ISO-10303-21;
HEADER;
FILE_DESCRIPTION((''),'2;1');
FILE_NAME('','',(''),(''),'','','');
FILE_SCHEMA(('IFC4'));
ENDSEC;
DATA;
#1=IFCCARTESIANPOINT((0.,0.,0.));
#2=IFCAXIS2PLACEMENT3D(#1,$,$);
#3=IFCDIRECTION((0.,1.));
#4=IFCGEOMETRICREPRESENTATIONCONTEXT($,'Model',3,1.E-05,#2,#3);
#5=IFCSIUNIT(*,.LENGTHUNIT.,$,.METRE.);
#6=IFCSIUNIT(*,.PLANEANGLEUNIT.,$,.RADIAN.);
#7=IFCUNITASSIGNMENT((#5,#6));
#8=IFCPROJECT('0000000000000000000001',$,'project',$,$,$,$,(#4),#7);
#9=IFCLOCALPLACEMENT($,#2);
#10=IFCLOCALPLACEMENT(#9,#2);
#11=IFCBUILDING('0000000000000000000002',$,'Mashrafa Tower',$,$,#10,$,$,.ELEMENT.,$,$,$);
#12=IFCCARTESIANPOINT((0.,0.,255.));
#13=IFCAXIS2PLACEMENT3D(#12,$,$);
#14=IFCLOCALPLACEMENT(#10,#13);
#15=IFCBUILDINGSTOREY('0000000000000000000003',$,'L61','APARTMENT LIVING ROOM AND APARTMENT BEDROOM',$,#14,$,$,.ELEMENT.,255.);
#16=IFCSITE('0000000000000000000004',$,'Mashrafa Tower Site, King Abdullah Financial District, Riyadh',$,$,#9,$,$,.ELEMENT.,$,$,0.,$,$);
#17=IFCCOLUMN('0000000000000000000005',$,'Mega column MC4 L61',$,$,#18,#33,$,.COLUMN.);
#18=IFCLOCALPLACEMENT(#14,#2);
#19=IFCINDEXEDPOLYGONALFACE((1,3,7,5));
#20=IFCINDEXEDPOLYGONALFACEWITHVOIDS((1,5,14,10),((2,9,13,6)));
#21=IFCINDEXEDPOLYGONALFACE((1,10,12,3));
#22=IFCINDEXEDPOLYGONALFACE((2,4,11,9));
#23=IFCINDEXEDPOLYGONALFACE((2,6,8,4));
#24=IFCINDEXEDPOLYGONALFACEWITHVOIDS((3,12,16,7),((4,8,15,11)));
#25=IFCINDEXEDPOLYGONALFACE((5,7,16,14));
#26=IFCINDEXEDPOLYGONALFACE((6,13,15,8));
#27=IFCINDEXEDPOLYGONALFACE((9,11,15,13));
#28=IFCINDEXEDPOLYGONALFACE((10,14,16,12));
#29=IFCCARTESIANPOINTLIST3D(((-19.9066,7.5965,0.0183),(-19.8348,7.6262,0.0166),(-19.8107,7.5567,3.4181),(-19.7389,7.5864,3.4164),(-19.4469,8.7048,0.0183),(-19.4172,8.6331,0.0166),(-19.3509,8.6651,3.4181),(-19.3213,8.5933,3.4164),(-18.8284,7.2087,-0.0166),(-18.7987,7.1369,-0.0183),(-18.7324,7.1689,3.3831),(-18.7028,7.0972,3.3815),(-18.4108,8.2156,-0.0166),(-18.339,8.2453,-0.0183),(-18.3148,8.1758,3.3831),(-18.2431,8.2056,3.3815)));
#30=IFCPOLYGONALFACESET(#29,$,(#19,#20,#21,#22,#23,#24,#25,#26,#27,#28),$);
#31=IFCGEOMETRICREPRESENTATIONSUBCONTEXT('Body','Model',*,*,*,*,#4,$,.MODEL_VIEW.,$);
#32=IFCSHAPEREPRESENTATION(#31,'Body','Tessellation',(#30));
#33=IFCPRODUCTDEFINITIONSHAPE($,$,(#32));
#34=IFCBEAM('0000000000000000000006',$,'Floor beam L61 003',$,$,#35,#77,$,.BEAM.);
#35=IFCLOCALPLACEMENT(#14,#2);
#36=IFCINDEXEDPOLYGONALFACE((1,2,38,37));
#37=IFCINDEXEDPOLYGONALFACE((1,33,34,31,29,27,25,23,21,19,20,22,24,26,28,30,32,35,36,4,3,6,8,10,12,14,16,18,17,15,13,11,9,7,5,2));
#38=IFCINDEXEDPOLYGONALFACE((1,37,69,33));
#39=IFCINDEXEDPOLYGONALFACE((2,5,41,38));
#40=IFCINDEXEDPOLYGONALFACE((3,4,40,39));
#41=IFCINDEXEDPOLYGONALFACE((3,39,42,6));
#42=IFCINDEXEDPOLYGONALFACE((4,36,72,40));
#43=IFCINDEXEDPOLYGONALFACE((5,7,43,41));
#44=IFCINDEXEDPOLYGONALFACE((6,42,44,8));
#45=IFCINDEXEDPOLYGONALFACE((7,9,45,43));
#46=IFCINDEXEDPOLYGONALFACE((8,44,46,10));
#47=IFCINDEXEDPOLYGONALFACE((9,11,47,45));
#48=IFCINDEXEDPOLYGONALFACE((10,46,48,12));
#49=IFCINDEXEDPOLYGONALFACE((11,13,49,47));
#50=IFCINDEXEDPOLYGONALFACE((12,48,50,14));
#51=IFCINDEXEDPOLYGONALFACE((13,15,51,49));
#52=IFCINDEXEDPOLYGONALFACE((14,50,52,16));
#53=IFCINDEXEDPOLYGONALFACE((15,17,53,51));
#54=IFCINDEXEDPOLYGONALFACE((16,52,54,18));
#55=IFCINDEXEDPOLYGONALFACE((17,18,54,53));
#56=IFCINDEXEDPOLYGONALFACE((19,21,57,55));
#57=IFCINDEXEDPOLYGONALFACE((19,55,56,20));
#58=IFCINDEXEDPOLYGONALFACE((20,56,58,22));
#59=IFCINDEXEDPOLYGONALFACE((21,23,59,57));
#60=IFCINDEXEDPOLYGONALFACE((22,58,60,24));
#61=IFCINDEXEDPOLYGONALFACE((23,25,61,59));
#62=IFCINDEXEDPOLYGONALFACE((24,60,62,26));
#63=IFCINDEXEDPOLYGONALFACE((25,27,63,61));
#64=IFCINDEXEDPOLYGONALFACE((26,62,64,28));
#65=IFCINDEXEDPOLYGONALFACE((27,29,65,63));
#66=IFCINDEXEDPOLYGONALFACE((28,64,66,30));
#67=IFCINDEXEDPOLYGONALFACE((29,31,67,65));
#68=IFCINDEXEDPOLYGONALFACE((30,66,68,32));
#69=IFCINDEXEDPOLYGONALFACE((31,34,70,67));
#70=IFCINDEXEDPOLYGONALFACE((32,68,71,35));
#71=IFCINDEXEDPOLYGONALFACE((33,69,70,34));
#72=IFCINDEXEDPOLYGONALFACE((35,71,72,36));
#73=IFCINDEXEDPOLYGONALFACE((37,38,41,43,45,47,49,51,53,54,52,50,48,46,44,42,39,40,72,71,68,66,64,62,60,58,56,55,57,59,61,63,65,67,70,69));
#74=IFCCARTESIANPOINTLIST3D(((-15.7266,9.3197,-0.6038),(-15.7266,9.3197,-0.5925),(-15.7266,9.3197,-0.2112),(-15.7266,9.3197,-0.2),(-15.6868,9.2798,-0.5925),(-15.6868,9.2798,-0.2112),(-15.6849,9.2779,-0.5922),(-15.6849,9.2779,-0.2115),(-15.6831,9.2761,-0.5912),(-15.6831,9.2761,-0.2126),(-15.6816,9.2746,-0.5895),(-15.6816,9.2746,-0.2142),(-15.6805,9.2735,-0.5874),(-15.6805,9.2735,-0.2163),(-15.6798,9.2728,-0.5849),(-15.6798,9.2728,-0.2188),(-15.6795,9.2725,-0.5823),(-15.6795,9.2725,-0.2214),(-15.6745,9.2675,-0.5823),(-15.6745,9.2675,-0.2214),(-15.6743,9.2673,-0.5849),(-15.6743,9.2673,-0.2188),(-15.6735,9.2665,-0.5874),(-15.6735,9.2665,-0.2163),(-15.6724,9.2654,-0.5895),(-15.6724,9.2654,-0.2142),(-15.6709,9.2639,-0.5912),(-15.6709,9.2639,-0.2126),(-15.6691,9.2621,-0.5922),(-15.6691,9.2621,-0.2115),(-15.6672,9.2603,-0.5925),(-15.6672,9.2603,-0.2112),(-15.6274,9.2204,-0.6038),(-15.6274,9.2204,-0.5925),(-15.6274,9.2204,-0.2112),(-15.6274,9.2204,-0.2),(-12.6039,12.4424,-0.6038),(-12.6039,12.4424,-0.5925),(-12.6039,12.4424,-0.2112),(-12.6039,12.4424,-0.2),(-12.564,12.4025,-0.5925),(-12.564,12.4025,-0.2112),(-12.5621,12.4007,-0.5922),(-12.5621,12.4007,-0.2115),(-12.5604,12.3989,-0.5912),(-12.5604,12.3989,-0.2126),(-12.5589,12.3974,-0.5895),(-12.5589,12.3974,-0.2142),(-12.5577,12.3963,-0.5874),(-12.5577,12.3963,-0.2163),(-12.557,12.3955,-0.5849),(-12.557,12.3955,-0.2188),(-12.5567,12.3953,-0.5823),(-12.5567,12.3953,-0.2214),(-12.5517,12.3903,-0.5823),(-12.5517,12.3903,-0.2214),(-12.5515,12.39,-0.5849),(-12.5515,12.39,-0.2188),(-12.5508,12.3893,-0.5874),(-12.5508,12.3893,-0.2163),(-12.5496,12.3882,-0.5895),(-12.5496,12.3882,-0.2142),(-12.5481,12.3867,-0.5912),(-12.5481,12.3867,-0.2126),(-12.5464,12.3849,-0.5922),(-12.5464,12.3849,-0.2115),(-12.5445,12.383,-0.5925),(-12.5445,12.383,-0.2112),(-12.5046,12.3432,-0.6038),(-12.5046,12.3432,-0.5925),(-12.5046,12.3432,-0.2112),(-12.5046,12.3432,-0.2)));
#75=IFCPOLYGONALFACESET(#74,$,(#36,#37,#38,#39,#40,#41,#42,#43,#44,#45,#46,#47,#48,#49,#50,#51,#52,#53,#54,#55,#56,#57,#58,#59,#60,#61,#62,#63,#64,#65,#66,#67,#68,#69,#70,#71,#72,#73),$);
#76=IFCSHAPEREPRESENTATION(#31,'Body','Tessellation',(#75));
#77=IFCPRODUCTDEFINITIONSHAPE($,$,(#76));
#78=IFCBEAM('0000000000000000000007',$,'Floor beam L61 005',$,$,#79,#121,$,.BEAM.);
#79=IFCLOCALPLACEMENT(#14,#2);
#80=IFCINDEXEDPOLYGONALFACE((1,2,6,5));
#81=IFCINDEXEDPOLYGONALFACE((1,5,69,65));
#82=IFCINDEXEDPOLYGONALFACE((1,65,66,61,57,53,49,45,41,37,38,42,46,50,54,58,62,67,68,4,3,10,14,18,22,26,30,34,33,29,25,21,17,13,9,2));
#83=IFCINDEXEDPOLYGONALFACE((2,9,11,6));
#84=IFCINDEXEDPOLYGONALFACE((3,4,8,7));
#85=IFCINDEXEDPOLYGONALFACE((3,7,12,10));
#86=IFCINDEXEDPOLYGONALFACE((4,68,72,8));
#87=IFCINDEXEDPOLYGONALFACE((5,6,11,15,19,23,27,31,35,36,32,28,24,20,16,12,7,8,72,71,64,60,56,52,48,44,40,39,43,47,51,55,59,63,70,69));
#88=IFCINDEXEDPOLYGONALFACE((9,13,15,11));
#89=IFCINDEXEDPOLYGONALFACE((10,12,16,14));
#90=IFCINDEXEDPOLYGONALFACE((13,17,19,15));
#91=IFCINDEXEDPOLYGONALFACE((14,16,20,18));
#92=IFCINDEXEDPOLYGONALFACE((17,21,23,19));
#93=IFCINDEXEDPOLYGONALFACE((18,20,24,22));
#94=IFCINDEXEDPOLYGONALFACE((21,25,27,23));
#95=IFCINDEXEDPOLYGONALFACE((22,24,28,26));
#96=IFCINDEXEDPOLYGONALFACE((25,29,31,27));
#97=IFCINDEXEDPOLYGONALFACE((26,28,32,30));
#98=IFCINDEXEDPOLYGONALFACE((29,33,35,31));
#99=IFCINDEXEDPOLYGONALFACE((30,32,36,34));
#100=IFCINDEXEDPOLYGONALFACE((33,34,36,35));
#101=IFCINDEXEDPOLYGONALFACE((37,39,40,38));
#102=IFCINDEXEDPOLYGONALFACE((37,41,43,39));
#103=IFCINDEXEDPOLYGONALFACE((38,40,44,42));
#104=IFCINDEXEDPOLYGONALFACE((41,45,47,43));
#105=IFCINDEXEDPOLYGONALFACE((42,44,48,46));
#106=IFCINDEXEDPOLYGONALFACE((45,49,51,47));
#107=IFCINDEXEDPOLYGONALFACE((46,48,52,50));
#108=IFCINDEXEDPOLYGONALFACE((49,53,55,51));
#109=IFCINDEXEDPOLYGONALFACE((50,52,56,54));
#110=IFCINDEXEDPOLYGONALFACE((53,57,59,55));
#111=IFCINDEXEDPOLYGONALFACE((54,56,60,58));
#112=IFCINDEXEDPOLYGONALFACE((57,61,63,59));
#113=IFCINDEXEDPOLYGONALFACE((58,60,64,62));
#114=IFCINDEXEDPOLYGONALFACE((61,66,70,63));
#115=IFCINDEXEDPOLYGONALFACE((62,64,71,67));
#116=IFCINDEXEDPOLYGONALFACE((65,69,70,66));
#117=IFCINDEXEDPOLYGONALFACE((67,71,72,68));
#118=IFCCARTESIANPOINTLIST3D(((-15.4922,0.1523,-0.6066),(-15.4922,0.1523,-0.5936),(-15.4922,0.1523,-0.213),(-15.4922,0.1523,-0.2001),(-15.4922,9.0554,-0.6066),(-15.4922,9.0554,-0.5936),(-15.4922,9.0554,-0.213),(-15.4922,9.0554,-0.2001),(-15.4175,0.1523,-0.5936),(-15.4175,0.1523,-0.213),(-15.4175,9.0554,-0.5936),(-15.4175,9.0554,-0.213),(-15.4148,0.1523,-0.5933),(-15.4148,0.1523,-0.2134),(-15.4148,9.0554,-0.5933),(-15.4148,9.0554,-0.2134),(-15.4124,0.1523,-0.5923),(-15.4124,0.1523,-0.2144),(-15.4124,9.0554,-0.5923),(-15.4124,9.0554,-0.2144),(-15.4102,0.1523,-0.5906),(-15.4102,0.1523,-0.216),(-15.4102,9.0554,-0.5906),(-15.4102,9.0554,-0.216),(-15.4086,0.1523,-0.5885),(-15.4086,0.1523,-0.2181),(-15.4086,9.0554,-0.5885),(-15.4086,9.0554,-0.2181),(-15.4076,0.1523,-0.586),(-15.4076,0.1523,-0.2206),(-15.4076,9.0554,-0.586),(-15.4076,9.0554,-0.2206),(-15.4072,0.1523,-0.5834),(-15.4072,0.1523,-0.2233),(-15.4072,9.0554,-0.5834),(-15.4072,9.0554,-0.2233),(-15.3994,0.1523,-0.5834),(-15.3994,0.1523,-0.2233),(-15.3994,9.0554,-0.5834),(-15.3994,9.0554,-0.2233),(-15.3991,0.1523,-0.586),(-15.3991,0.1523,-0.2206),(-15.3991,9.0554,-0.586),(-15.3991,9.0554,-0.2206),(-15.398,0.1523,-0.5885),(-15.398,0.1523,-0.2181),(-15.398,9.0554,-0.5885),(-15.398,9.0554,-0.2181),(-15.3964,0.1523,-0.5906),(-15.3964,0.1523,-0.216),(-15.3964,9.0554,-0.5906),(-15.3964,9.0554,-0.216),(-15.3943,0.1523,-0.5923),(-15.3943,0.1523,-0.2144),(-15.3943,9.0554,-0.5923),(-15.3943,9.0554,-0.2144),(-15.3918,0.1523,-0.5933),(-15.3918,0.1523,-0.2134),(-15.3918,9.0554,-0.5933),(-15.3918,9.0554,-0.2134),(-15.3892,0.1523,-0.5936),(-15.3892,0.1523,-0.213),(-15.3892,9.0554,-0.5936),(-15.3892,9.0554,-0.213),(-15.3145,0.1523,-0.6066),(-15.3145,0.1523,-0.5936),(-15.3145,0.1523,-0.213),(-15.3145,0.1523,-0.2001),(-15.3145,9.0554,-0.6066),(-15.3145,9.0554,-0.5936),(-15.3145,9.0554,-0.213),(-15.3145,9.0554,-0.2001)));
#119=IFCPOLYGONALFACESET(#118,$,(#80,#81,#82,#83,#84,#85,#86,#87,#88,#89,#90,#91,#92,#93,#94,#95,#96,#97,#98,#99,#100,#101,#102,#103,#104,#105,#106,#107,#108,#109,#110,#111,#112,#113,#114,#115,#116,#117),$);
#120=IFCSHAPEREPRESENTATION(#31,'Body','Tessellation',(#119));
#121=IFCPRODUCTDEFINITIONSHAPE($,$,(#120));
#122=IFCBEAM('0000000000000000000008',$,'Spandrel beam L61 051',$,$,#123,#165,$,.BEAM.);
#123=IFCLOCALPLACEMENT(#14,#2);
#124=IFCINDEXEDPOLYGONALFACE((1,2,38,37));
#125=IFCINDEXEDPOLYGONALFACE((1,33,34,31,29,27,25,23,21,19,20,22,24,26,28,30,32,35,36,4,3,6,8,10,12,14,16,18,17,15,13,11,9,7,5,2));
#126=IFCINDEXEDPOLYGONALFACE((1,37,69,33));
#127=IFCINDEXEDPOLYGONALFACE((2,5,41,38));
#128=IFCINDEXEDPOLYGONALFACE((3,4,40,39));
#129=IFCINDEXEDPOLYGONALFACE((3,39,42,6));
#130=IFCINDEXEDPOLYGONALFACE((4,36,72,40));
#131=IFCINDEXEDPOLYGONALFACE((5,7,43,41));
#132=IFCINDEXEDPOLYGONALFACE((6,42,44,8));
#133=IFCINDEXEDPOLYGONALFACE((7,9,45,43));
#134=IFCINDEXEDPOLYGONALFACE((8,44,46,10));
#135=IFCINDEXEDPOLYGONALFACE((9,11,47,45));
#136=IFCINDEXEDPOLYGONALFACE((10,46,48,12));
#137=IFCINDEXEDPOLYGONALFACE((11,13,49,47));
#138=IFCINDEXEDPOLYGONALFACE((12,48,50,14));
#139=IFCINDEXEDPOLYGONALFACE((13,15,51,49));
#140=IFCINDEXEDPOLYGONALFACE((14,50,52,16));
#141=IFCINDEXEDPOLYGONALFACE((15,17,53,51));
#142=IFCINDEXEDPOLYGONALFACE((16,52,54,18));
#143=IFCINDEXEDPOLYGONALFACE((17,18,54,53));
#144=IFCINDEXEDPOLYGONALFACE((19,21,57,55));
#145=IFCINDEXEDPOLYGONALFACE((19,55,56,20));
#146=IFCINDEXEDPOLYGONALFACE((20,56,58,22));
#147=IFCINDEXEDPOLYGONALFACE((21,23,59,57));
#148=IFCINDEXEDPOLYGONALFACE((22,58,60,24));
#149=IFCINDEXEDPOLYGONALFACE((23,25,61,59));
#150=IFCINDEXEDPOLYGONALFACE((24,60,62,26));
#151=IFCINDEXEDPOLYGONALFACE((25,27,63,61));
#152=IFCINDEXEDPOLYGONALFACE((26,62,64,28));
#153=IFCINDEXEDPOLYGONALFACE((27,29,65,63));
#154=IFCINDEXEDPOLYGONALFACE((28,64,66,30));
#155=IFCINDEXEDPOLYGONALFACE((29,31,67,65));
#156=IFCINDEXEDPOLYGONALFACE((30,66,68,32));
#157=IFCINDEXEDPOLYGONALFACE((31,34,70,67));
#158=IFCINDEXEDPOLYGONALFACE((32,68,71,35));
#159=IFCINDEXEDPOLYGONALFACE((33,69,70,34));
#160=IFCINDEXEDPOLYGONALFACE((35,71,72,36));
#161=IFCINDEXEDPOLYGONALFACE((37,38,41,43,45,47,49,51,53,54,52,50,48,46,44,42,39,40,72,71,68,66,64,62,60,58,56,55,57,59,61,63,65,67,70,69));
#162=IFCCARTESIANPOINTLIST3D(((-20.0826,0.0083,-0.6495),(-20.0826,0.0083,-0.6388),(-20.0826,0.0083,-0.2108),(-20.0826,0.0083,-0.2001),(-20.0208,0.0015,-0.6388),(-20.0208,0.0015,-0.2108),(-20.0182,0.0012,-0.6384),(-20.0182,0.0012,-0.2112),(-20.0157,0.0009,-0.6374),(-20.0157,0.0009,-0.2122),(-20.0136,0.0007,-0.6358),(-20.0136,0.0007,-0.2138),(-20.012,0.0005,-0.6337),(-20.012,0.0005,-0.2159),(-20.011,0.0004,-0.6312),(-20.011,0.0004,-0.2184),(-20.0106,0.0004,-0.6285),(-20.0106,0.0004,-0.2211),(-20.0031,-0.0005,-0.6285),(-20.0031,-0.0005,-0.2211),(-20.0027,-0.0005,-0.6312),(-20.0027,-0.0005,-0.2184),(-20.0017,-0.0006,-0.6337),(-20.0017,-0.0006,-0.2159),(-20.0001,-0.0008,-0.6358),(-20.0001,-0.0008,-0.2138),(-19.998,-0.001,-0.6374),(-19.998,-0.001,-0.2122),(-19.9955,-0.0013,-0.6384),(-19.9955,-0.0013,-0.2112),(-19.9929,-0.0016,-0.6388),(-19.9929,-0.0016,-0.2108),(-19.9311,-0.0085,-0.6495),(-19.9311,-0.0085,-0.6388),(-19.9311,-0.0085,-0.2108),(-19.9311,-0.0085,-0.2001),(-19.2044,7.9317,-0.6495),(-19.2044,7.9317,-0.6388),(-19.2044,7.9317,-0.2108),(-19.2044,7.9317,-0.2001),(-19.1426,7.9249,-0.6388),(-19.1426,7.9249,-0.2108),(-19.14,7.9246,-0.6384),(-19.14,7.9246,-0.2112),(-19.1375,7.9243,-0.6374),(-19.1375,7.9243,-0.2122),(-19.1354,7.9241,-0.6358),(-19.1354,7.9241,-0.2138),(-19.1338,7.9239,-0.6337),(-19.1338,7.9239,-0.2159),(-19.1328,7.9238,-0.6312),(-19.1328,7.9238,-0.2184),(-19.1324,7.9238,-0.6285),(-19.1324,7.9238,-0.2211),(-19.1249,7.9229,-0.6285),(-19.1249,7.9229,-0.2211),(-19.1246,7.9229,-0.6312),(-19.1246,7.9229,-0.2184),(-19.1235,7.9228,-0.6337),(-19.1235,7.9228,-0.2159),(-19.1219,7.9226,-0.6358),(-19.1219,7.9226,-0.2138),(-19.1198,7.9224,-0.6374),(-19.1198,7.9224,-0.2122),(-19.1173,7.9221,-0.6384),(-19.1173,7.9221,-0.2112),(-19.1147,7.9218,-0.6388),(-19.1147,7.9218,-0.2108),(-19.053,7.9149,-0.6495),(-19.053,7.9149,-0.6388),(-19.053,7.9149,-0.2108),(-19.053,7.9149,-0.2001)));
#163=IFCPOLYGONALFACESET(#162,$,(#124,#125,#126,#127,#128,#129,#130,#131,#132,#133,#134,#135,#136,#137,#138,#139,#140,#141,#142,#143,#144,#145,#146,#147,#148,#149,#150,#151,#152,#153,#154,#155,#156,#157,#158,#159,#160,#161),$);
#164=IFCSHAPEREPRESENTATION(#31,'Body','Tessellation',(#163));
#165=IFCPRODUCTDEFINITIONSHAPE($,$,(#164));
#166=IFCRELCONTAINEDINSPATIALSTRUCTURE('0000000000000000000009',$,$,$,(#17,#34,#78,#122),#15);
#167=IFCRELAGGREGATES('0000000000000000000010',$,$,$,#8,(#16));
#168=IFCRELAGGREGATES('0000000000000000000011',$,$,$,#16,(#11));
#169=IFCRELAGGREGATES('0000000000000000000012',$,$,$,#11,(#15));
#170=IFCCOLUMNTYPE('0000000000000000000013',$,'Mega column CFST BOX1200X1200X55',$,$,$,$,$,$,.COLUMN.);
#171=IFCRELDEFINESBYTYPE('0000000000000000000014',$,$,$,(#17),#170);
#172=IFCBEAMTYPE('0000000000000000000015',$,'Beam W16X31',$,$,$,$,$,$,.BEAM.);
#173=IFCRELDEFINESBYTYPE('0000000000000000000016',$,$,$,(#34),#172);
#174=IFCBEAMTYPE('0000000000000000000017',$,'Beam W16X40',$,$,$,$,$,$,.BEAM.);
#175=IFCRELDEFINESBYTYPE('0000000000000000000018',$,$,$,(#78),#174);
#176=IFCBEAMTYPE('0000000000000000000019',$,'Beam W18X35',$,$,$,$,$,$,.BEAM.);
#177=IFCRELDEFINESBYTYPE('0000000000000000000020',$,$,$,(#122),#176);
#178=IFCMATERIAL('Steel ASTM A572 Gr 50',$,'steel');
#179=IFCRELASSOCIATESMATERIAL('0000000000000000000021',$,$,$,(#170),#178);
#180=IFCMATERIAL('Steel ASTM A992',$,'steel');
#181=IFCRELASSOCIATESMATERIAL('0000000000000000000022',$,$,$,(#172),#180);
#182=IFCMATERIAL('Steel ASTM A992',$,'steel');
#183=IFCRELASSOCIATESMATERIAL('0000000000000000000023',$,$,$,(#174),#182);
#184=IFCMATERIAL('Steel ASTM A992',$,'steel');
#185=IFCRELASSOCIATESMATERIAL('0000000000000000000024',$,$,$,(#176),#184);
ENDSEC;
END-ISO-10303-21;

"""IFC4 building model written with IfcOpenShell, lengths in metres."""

from ifc_helpers import new_model, si_unit, direction, frame, origin, origin_2d, place, context, subcontext, project, spatial, hollow_rectangle, i_section, extrude, material, material_profile, profile_set, type_object, element, save


model = new_model("IFC4")

# Units and contexts
model_context = context("Model", 3, precision=1e-05, world=origin(), true_north=direction((0.0, 1.0)))
body_context = subcontext(model_context, "Body", "Model", "MODEL_VIEW")
ifc_project = project(units=[si_unit("LENGTHUNIT", "METRE"), si_unit("PLANEANGLEUNIT", "RADIAN")], contexts=[model_context])

# Site, building, storey
site_placement = place(None, origin())
site = spatial("IfcSite", under=ifc_project, at=site_placement, Name="Mashrafa Tower Site, King Abdullah Financial District, Riyadh", CompositionType="ELEMENT", RefElevation=0.0)
building_placement = place(site_placement, origin())
building = spatial("IfcBuilding", under=site, at=building_placement, Name="Mashrafa Tower", CompositionType="ELEMENT")
storey_placement = place(building_placement, frame((0.0, 0.0, 255.0)))
storey = spatial("IfcBuildingStorey", under=building, at=storey_placement, Name="L61", Description="APARTMENT LIVING ROOM AND APARTMENT BEDROOM", CompositionType="ELEMENT", Elevation=255.0)

# Column
ifc_material_1 = material(Name="Steel ASTM A572 Gr 50", Category="steel")
ifc_material_profile_1 = material_profile(ifc_material_1, hollow_rectangle(XDim=1.2, YDim=1.2, WallThickness=0.0549, at=origin_2d()), Name="BOX1200X1200X55")
ifc_profile_set_1 = profile_set([ifc_material_profile_1], Name="Steel ASTM A572 Gr 50")
column_type = type_object("IfcColumnType", Name="Mega column CFST BOX1200X1200X55", PredefinedType="COLUMN", material=ifc_profile_set_1)
column_placement = place(storey_placement, frame((-19.1228, 7.9209, 0.0), z_axis=(0.028207, -0.011699, 0.999534), x_axis=(0.383113, 0.923702, 0.0)))
element("IfcColumn", 1, at=column_placement, inside=storey, type_object=column_type, Name="Mega column MC4 L61", PredefinedType="COLUMN", context=body_context, shape_type="SweptSolid", body=[
    extrude(hollow_rectangle(XDim=1.2, YDim=1.2, WallThickness=0.0549, at=origin_2d()), origin(), (0.0, 0.0, 1.0), 3.4014),
])

# Beams
ifc_material_2 = material(Name="Steel ASTM A992", Category="steel")
ifc_material_profile_2 = material_profile(ifc_material_2, i_section(OverallWidth=0.1404, OverallDepth=0.4038, WebThickness=0.0071, FlangeThickness=0.0112, FilletRadius=0.0103, at=origin_2d()), Name="W16X31")
ifc_profile_set_2 = profile_set([ifc_material_profile_2], Name="Steel ASTM A992")
beam_type_1 = type_object("IfcBeamType", Name="Beam W16X31", PredefinedType="BEAM", material=ifc_profile_set_2)
beam_1_placement = place(storey_placement, frame((-15.677, 9.27, -0.4019), z_axis=(0.707107, 0.707107, 0.0), x_axis=(-0.707107, 0.707107, 0.0)))
element("IfcBeam", 2, at=beam_1_placement, inside=storey, type_object=beam_type_1, Name="Floor beam L61 003", PredefinedType="BEAM", context=body_context, shape_type="SweptSolid", body=[
    extrude(i_section(OverallWidth=0.1404, OverallDepth=0.4038, WebThickness=0.0071, FlangeThickness=0.0112, FilletRadius=0.0103, at=origin_2d()), origin(), (0.0, 0.0, 1.0), 4.4163),
])
ifc_material_3 = material(Name="Steel ASTM A992", Category="steel")
ifc_material_profile_3 = material_profile(ifc_material_3, i_section(OverallWidth=0.1777, OverallDepth=0.4065, WebThickness=0.0078, FlangeThickness=0.0129, FilletRadius=0.0103, at=origin_2d()), Name="W16X40")
ifc_profile_set_3 = profile_set([ifc_material_profile_3], Name="Steel ASTM A992")
beam_type_2 = type_object("IfcBeamType", Name="Beam W16X40", PredefinedType="BEAM", material=ifc_profile_set_3)
beam_2_placement = place(storey_placement, frame((-15.4033, 0.1523, -0.4033), z_axis=(0.0, 1.0, 0.0), x_axis=(-1.0, 0.0, 0.0)))
element("IfcBeam", 3, at=beam_2_placement, inside=storey, type_object=beam_type_2, Name="Floor beam L61 005", PredefinedType="BEAM", context=body_context, shape_type="SweptSolid", body=[
    extrude(i_section(OverallWidth=0.1777, OverallDepth=0.4065, WebThickness=0.0078, FlangeThickness=0.0129, FilletRadius=0.0103, at=origin_2d()), origin(), (0.0, 0.0, 1.0), 8.9031),
])
ifc_material_4 = material(Name="Steel ASTM A992", Category="steel")
ifc_material_profile_4 = material_profile(ifc_material_4, i_section(OverallWidth=0.1523, OverallDepth=0.4495, WebThickness=0.0076, FlangeThickness=0.0107, FilletRadius=0.0103, at=origin_2d()), Name="W18X35")
ifc_profile_set_4 = profile_set([ifc_material_profile_4], Name="Steel ASTM A992")
beam_type_3 = type_object("IfcBeamType", Name="Beam W18X35", PredefinedType="BEAM", material=ifc_profile_set_4)
beam_3_placement = place(storey_placement, frame((-19.1287, 7.9233, -0.4248), z_axis=(-0.110159, -0.993914, 0.0), x_axis=(0.993914, -0.110159, 0.0)))
element("IfcBeam", 4, at=beam_3_placement, inside=storey, type_object=beam_type_3, Name="Spandrel beam L61 051", PredefinedType="BEAM", context=body_context, shape_type="SweptSolid", body=[
    extrude(i_section(OverallWidth=0.1523, OverallDepth=0.4495, WebThickness=0.0076, FlangeThickness=0.0107, FilletRadius=0.0103, at=origin_2d()), origin(), (0.0, 0.0, 1.0), 7.9719),
])

save(model, "model.ifc")
